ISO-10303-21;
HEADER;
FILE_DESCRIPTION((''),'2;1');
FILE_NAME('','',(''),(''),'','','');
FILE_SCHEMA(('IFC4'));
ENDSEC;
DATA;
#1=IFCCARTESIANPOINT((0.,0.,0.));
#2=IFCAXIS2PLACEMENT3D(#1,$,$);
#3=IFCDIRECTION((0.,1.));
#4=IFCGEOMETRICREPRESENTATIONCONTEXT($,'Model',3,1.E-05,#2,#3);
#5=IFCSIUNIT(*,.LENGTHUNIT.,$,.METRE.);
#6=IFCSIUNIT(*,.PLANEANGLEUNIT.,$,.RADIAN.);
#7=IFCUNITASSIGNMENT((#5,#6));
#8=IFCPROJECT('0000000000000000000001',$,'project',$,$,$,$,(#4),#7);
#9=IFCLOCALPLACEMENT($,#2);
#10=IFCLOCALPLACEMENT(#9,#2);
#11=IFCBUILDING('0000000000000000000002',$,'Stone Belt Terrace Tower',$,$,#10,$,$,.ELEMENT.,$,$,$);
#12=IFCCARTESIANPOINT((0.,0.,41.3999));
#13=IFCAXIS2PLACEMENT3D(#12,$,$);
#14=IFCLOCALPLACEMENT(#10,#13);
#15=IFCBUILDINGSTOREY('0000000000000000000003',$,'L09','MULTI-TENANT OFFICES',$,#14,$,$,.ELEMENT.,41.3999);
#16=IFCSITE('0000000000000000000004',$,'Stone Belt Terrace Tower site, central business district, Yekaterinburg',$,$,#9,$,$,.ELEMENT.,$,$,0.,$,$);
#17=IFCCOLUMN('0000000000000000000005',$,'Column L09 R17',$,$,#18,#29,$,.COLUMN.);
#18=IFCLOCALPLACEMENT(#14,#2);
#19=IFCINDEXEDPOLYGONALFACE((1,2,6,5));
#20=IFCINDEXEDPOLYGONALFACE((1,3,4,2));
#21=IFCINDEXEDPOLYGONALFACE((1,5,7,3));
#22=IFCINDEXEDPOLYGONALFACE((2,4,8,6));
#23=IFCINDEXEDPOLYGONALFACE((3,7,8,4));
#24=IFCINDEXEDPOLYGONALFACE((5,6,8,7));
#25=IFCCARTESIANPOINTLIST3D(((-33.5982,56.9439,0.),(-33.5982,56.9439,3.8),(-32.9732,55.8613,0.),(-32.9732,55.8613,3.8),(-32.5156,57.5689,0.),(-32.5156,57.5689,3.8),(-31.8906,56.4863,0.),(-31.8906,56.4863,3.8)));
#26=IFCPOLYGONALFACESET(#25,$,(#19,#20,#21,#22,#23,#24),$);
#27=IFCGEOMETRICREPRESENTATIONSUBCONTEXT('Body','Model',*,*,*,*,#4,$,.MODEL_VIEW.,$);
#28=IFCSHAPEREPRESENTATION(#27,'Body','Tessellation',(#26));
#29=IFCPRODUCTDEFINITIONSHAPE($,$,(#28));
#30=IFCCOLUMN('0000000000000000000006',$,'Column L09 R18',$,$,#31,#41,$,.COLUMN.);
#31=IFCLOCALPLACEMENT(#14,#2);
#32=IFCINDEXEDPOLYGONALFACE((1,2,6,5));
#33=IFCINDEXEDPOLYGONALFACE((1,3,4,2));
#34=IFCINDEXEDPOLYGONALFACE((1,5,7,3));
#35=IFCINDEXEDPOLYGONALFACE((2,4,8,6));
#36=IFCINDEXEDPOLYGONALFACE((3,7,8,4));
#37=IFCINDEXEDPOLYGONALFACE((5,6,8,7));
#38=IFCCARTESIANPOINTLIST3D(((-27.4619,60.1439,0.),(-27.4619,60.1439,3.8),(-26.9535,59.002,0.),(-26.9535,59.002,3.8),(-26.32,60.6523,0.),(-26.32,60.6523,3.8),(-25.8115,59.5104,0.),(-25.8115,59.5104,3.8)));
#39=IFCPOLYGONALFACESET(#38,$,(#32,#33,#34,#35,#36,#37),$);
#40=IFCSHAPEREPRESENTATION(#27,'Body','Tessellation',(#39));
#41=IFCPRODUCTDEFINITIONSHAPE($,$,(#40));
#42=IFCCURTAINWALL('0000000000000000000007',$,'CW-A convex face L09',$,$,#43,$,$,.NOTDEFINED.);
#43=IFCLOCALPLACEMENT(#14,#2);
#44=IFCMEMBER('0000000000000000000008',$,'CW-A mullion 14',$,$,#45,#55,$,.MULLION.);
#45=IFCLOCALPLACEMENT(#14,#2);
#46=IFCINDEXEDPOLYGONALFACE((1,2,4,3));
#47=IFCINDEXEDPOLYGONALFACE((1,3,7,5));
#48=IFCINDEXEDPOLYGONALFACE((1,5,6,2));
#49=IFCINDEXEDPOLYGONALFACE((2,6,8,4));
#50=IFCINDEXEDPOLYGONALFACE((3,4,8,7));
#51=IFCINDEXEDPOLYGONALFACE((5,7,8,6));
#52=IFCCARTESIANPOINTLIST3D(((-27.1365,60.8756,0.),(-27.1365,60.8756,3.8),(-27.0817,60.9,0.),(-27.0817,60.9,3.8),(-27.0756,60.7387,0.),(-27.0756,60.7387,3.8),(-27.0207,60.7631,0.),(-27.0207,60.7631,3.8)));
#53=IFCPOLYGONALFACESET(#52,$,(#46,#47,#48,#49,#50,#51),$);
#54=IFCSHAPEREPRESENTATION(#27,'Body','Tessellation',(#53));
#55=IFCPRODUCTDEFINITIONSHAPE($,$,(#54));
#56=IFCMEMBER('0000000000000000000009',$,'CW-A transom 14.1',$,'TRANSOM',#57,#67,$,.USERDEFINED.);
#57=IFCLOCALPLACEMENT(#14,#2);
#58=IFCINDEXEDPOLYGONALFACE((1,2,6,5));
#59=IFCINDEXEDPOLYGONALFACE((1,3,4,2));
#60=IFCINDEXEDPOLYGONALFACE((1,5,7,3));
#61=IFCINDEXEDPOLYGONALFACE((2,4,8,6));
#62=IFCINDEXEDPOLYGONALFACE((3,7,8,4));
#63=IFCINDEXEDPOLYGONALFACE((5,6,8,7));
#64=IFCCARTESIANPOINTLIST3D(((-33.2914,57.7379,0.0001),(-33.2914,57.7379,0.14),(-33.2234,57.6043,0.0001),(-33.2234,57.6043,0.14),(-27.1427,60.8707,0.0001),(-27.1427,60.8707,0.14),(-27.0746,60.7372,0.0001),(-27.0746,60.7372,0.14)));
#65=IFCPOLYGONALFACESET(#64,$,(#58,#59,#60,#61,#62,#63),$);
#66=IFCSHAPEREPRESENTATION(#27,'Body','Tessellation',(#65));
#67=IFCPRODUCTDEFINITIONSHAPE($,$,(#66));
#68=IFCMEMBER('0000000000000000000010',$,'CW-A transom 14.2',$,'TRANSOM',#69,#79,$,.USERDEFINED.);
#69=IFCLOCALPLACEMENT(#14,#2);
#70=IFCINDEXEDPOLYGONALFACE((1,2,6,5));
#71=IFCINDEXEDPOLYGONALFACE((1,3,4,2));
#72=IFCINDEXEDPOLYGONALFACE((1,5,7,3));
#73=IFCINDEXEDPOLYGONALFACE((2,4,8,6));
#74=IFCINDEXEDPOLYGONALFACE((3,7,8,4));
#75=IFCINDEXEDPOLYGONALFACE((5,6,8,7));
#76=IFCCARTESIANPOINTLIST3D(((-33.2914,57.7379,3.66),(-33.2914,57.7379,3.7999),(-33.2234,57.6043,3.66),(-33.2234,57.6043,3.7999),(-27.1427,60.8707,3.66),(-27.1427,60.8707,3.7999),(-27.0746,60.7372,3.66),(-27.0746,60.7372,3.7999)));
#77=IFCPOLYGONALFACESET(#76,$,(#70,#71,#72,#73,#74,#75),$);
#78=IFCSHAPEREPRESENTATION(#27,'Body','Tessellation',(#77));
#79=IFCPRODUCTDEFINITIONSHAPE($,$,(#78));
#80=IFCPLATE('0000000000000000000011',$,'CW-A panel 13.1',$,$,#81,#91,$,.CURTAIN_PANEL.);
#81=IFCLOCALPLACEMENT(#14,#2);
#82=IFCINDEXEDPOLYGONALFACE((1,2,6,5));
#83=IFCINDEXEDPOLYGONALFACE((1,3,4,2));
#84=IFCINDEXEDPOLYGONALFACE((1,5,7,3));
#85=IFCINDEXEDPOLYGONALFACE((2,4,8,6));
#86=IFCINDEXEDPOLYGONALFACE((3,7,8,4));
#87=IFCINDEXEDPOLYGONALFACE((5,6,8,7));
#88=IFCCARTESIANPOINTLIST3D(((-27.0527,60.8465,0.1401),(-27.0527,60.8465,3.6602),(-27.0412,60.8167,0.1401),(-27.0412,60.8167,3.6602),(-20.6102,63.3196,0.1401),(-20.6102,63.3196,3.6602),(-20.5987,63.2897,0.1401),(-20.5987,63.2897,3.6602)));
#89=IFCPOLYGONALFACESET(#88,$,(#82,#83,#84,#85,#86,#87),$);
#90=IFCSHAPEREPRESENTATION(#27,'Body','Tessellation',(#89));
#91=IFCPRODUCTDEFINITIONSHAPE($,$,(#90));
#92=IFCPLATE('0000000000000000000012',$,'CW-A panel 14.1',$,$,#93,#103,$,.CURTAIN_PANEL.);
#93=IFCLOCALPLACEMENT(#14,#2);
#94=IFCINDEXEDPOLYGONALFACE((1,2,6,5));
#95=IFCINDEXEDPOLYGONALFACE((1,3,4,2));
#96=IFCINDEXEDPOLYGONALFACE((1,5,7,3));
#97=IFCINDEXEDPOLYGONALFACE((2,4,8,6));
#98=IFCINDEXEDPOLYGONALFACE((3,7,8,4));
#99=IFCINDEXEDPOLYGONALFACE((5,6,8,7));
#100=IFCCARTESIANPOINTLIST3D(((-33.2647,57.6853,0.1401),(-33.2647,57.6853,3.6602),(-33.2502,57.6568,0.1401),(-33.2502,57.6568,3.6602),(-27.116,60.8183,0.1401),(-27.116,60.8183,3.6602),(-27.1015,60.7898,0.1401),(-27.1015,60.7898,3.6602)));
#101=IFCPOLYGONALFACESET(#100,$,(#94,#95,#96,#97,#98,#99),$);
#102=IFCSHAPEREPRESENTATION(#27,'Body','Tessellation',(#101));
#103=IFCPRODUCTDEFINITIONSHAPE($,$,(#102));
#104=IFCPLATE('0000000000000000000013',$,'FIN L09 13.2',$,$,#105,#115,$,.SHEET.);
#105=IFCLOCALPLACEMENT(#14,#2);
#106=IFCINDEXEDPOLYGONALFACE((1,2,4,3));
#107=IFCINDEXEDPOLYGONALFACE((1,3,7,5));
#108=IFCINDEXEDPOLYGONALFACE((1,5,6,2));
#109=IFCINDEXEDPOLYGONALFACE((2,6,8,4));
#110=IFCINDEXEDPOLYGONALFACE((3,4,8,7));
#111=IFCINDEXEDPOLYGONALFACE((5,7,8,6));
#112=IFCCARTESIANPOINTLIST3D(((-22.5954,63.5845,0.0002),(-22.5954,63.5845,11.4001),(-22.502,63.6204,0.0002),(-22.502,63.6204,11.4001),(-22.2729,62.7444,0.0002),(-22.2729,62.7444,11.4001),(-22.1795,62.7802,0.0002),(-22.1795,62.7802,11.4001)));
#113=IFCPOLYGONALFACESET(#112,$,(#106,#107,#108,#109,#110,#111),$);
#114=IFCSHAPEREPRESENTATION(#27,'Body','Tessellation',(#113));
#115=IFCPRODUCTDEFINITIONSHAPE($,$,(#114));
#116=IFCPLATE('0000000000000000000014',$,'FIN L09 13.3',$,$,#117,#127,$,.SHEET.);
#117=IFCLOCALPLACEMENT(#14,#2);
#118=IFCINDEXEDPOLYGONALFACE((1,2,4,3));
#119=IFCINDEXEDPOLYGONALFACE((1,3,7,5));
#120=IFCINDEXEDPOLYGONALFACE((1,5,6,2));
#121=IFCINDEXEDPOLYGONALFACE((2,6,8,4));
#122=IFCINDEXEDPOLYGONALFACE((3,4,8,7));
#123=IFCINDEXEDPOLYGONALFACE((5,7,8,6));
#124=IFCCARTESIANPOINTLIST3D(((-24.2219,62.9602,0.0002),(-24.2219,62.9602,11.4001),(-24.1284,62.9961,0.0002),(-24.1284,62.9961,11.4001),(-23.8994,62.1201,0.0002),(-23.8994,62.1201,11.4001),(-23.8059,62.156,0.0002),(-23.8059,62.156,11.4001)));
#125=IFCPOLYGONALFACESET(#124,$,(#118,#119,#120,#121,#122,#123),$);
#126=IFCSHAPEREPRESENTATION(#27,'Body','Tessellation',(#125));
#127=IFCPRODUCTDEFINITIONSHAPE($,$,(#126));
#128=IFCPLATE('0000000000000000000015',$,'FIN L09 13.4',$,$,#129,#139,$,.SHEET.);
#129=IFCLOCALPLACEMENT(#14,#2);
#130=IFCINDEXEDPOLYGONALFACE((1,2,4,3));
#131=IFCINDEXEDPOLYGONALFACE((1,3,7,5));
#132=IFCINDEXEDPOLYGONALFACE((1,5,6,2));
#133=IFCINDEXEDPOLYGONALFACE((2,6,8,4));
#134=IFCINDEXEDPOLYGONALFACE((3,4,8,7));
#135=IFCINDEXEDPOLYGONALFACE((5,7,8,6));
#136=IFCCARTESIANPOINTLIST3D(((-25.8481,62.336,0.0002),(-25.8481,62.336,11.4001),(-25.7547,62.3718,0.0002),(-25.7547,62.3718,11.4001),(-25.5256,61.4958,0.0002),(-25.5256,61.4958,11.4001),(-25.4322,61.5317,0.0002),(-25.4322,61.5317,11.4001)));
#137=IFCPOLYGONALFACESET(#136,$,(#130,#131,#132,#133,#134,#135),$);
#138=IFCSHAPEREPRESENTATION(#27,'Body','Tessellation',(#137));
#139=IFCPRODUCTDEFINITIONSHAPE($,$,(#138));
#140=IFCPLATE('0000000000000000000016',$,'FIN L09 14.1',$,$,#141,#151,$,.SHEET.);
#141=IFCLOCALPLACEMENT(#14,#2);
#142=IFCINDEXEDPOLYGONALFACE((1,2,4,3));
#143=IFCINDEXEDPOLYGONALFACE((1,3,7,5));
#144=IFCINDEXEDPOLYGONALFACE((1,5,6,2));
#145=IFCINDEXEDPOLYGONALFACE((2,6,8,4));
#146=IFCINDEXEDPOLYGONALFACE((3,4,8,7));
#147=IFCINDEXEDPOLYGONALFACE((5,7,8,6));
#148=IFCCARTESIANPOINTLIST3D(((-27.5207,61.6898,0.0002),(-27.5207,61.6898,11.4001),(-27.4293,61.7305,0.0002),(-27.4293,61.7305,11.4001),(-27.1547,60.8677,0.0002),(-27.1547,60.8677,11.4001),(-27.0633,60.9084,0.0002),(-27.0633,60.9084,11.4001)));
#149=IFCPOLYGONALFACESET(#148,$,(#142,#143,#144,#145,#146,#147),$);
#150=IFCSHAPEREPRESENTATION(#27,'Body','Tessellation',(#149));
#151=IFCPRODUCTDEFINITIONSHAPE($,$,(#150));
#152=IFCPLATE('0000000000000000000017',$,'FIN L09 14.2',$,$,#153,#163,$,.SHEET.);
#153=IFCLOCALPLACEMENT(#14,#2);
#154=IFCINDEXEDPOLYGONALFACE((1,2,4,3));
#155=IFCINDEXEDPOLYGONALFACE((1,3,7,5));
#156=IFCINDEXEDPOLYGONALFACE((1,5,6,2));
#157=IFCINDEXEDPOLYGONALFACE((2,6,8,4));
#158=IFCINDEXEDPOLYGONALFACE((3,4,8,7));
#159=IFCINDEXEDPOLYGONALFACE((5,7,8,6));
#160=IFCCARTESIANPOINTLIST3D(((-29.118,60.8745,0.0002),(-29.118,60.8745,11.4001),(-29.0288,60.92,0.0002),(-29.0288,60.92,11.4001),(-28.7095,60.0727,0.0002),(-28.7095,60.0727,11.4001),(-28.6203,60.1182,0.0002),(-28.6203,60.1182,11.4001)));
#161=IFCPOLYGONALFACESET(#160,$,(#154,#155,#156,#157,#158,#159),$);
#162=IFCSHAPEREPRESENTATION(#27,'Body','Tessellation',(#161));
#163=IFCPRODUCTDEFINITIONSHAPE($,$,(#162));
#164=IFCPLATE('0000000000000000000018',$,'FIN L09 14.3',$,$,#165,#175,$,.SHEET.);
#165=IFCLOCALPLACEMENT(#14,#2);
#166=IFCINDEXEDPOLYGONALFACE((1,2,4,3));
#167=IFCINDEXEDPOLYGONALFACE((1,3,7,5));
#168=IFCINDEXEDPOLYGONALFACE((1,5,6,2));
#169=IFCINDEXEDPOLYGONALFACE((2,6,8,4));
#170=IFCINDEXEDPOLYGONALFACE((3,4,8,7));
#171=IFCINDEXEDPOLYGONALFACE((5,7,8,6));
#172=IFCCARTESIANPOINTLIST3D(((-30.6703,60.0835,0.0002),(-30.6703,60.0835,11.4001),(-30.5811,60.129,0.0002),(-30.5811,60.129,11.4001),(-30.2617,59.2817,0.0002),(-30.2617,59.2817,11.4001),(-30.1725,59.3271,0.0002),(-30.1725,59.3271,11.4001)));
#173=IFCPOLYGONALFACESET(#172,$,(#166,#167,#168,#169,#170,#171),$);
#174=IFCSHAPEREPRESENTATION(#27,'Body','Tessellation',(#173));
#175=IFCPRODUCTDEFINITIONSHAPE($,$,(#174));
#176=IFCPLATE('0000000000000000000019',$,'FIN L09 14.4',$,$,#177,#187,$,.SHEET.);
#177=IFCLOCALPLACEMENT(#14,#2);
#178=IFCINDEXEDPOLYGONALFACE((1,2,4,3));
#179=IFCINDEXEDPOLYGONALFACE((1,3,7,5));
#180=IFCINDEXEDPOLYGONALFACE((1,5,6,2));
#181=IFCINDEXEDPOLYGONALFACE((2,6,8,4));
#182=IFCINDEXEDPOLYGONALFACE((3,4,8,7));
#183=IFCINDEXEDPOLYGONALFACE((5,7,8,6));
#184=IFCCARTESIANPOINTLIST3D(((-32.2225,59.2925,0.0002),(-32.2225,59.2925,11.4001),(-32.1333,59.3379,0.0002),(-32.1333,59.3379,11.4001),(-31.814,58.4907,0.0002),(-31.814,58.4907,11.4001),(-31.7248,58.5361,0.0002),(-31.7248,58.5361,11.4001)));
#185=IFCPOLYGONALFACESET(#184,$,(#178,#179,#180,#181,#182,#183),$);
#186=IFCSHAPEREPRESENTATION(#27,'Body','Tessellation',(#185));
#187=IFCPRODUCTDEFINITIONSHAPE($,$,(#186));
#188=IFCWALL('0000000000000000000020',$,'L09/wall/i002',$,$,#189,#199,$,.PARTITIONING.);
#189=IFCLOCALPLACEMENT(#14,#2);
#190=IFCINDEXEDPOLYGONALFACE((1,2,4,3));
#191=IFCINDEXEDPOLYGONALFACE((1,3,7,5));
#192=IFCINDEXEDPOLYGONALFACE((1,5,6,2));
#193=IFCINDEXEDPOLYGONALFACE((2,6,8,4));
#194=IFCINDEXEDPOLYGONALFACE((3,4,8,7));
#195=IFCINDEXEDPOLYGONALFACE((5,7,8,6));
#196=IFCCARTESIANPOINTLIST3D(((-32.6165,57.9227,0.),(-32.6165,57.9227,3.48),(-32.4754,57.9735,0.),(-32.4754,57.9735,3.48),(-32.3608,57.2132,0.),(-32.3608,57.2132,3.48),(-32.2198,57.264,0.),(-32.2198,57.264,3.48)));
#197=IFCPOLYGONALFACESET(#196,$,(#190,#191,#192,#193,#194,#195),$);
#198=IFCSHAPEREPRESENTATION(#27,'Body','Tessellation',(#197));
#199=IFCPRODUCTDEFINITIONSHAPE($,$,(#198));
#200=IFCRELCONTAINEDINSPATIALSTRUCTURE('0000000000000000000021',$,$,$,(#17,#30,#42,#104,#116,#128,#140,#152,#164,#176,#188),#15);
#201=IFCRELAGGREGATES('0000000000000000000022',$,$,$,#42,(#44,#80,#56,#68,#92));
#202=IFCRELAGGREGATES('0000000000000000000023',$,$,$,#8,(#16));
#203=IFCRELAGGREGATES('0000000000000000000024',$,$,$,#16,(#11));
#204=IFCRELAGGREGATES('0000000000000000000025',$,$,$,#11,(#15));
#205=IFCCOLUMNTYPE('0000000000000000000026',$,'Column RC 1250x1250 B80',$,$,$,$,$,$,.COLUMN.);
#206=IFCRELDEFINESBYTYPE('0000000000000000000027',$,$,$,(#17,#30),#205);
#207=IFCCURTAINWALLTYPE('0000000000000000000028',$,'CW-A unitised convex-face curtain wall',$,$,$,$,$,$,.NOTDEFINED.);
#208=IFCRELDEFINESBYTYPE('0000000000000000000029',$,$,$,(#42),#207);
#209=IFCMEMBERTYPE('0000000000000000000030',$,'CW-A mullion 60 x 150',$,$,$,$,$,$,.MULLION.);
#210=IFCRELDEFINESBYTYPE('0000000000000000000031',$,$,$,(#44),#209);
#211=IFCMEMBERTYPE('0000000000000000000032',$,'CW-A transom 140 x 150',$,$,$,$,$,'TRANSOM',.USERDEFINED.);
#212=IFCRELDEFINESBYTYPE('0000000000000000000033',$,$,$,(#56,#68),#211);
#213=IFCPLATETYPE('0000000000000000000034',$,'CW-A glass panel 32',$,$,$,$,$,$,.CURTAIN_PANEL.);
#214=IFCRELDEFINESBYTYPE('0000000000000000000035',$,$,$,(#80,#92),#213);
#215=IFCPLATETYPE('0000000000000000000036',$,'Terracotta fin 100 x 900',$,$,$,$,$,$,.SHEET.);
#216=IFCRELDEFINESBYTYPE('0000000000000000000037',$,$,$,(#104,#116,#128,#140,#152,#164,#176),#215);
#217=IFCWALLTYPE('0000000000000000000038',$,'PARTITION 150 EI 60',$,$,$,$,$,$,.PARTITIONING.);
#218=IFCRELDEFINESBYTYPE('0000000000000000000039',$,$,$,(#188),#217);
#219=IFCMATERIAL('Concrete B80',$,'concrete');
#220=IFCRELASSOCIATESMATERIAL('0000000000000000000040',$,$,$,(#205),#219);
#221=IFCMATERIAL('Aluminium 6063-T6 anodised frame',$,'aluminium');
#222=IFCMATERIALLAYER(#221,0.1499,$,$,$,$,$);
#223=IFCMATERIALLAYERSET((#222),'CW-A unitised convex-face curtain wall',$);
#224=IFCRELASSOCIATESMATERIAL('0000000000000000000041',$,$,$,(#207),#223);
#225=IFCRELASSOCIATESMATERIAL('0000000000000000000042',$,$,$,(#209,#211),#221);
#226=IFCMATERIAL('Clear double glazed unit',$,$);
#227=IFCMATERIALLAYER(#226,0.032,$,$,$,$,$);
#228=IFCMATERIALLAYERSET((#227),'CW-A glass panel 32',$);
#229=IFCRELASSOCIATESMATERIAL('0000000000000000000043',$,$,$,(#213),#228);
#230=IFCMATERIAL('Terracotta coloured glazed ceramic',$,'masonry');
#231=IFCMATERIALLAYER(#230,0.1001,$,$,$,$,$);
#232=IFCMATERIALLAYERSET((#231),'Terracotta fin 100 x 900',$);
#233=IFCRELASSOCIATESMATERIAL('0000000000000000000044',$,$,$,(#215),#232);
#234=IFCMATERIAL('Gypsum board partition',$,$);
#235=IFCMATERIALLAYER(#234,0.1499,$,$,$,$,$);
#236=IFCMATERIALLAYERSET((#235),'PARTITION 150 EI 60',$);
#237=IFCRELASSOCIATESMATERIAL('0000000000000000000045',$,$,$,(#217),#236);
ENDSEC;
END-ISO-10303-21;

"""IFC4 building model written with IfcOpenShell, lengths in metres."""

from ifc_helpers import new_model, si_unit, direction, frame, frame_2d, origin, origin_2d, place, context, subcontext, project, spatial, rectangle, extrude, material, layer, layer_set, material_profile, profile_set, type_object, element, aggregate, save


model = new_model("IFC4")

# Units and contexts
model_context = context("Model", 3, precision=1e-05, world=origin(), true_north=direction((0.0, 1.0)))
body_context = subcontext(model_context, "Body", "Model", "MODEL_VIEW")
ifc_project = project(units=[si_unit("LENGTHUNIT", "METRE"), si_unit("PLANEANGLEUNIT", "RADIAN")], contexts=[model_context])

# Site, building, storey
site_placement = place(None, origin())
site = spatial("IfcSite", under=ifc_project, at=site_placement, Name="Stone Belt Terrace Tower site, central business district, Yekaterinburg", CompositionType="ELEMENT", RefElevation=0.0)
building_placement = place(site_placement, origin())
building = spatial("IfcBuilding", under=site, at=building_placement, Name="Stone Belt Terrace Tower", CompositionType="ELEMENT")
storey_placement = place(building_placement, frame((0.0, 0.0, 41.3999)))
storey = spatial("IfcBuildingStorey", under=building, at=storey_placement, Name="L09", Description="MULTI-TENANT OFFICES", CompositionType="ELEMENT", Elevation=41.3999)

# Columns
ifc_material_1 = material(Name="Concrete B80", Category="concrete")
ifc_material_profile_1 = material_profile(ifc_material_1, rectangle(XDim=1.25, YDim=1.25, at=origin_2d()), Name="RC 1250x1250")
ifc_profile_set_1 = profile_set([ifc_material_profile_1], Name="Concrete B80")
column_type = type_object("IfcColumnType", Name="Column RC 1250x1250 B80", PredefinedType="COLUMN", material=ifc_profile_set_1)
for number, where, z_axis, x_axis, name in (
    (1, (-32.7444, 56.7151, 0.0), (0.0, 0.0, 1.0), (0.866025, 0.5, 0.0), "Column L09 R17"),
    (2, (-26.6367, 59.8271, 0.0), (0.0, 0.0, 1.0), (0.913545, 0.406737, 0.0), "Column L09 R18"),
):
    element("IfcColumn", number, at=place(storey_placement, frame(where, z_axis=z_axis, x_axis=x_axis)), inside=storey, type_object=column_type, Name=name, PredefinedType="COLUMN", context=body_context, shape_type="SweptSolid", body=[
        extrude(rectangle(XDim=1.25, YDim=1.25, at=origin_2d()), origin(), (0.0, 0.0, 1.0), 3.8),
    ])

# Curtain wall, members, plates
ifc_material_2 = material(Name="Aluminium 6063-T6 anodised frame", Category="aluminium")
ifc_layer_1 = layer(ifc_material_2, 0.1499)
ifc_layer_set_1 = layer_set([ifc_layer_1], Name="CW-A unitised convex-face curtain wall")
curtain_wall_type = type_object("IfcCurtainWallType", Name="CW-A unitised convex-face curtain wall", PredefinedType="NOTDEFINED", material=ifc_layer_set_1)
curtain_wall_placement = place(storey_placement, origin())
curtain_wall = element("IfcCurtainWall", 3, at=curtain_wall_placement, inside=storey, type_object=curtain_wall_type, Name="CW-A convex face L09", PredefinedType="NOTDEFINED")
ifc_material_profile_2 = material_profile(ifc_material_2, rectangle(XDim=0.1499, YDim=0.0601, at=origin_2d()), Name="Aluminium 6063-T6 60x150")
ifc_profile_set_2 = profile_set([ifc_material_profile_2], Name="Aluminium 6063-T6 anodised frame")
member_type_1 = type_object("IfcMemberType", Name="CW-A mullion 60 x 150", PredefinedType="MULLION", material=ifc_profile_set_2)
member_1_placement = place(storey_placement, frame((-27.0786, 60.8193, 0.0), z_axis=(0.0, 0.0, 1.0), x_axis=(0.406737, -0.913545, 0.0)))
member_1 = element("IfcMember", 4, at=member_1_placement, type_object=member_type_1, Name="CW-A mullion 14", PredefinedType="MULLION", context=body_context, shape_type="SweptSolid", body=[
    extrude(rectangle(XDim=0.1499, YDim=0.0601, at=origin_2d()), origin(), (0.0, 0.0, 1.0), 3.8),
])
ifc_material_profile_3 = material_profile(ifc_material_2, rectangle(XDim=0.1499, YDim=0.1399, at=origin_2d()), Name="Aluminium 6063-T6 150x140")
ifc_profile_set_3 = profile_set([ifc_material_profile_3], Name="Aluminium 6063-T6 anodised frame")
member_type_2 = type_object("IfcMemberType", Name="CW-A transom 140 x 150", ElementType="TRANSOM", PredefinedType="USERDEFINED", material=ifc_profile_set_3)
member_2_placement = place(storey_placement, frame((-27.1086, 60.804, 0.0701), z_axis=(-0.891012, -0.453979, 0.0), x_axis=(0.453979, -0.891012, 0.0)))
member_2 = element("IfcMember", 5, at=member_2_placement, type_object=member_type_2, Name="CW-A transom 14.1", ObjectType="TRANSOM", PredefinedType="USERDEFINED", context=body_context, shape_type="SweptSolid", body=[
    extrude(rectangle(XDim=0.1499, YDim=0.1399, at=origin_2d()), origin(), (0.0, 0.0, 1.0), 6.9009),
])
member_3_placement = place(storey_placement, frame((-27.1086, 60.804, 3.73), z_axis=(-0.891012, -0.453979, 0.0), x_axis=(0.453979, -0.891012, 0.0)))
member_3 = element("IfcMember", 6, at=member_3_placement, type_object=member_type_2, Name="CW-A transom 14.2", ObjectType="TRANSOM", PredefinedType="USERDEFINED", context=body_context, shape_type="SweptSolid", body=[
    extrude(rectangle(XDim=0.1499, YDim=0.1399, at=origin_2d()), origin(), (0.0, 0.0, 1.0), 6.9009),
])
ifc_material_3 = material(Name="Clear double glazed unit")
ifc_layer_2 = layer(ifc_material_3, 0.032)
ifc_layer_set_2 = layer_set([ifc_layer_2], Name="CW-A glass panel 32")
plate_type_1 = type_object("IfcPlateType", Name="CW-A glass panel 32", PredefinedType="CURTAIN_PANEL", material=ifc_layer_set_2)
plate_1_placement = place(storey_placement, frame((-23.8257, 62.0681, 0.1401), z_axis=(0.0, 0.0, 1.0), x_axis=(-0.93358, -0.358368, 0.0)))
plate_1 = element("IfcPlate", 7, at=plate_1_placement, type_object=plate_type_1, Name="CW-A panel 13.1", PredefinedType="CURTAIN_PANEL", context=body_context, shape_type="SweptSolid", body=[
    extrude(rectangle(XDim=6.9009, YDim=0.032, at=origin_2d()), origin(), (0.0, 0.0, 1.0), 3.52),
])
plate_2_placement = place(storey_placement, frame((-30.1831, 59.2375, 0.1401), z_axis=(0.0, 0.0, 1.0), x_axis=(-0.891007, -0.45399, 0.0)))
plate_2 = element("IfcPlate", 8, at=plate_2_placement, type_object=plate_type_1, Name="CW-A panel 14.1", PredefinedType="CURTAIN_PANEL", context=body_context, shape_type="SweptSolid", body=[
    extrude(rectangle(XDim=6.9009, YDim=0.032, at=origin_2d()), origin(), (0.0, 0.0, 1.0), 3.52),
])
aggregate(curtain_wall, [member_1, plate_1, member_2, member_3, plate_2])

# Plates
ifc_material_4 = material(Name="Terracotta coloured glazed ceramic", Category="masonry")
ifc_layer_3 = layer(ifc_material_4, 0.1001)
ifc_layer_set_3 = layer_set([ifc_layer_3], Name="Terracotta fin 100 x 900")
plate_type_2 = type_object("IfcPlateType", Name="Terracotta fin 100 x 900", PredefinedType="SHEET", material=ifc_layer_set_3)
for number, where, z_axis, x_axis, name in (
    (9, (-22.3875, 63.1824, 0.0002), (0.0, 0.0, 1.0), (-0.358368, 0.93358, 0.0), "FIN L09 13.2"),
    (10, (-24.0139, 62.5581, 0.0002), (0.0, 0.0, 1.0), (-0.358368, 0.93358, 0.0), "FIN L09 13.3"),
    (11, (-25.6401, 61.9338, 0.0002), (0.0, 0.0, 1.0), (-0.358368, 0.93358, 0.0), "FIN L09 13.4"),
    (12, (-27.292, 61.2991, 0.0002), (0.0, 0.0, 1.0), (-0.406737, 0.913545, 0.0), "FIN L09 14.1"),
    (13, (-28.8691, 60.4963, 0.0002), (0.0, 0.0, 1.0), (-0.45399, 0.891007, 0.0), "FIN L09 14.2"),
    (14, (-30.4214, 59.7053, 0.0002), (0.0, 0.0, 1.0), (-0.45399, 0.891007, 0.0), "FIN L09 14.3"),
    (15, (-31.9736, 58.9143, 0.0002), (0.0, 0.0, 1.0), (-0.45399, 0.891007, 0.0), "FIN L09 14.4"),
):
    element("IfcPlate", number, at=place(storey_placement, frame(where, z_axis=z_axis, x_axis=x_axis)), inside=storey, type_object=plate_type_2, Name=name, PredefinedType="SHEET", context=body_context, shape_type="SweptSolid", body=[
        extrude(rectangle(XDim=0.8999, YDim=0.1001, at=origin_2d()), origin(), (0.0, 0.0, 1.0), 11.3999),
    ])

# Wall
ifc_material_5 = material(Name="Gypsum board partition")
ifc_layer_4 = layer(ifc_material_5, 0.1499)
ifc_layer_set_4 = layer_set([ifc_layer_4], Name="PARTITION 150 EI 60")
wall_type = type_object("IfcWallType", Name="PARTITION 150 EI 60", PredefinedType="PARTITIONING", material=ifc_layer_set_4)
wall_placement = place(storey_placement, frame((-32.5459, 57.948, 0.0), z_axis=(0.0, 0.0, 1.0), x_axis=(0.33896, -0.940801, 0.0)))
element("IfcWall", 16, at=wall_placement, inside=storey, type_object=wall_type, Name="L09/wall/i002", PredefinedType="PARTITIONING", context=body_context, shape_type="SweptSolid", body=[
    extrude(rectangle(XDim=0.7542, YDim=0.1499, at=frame_2d((0.377, 0.0))), origin(), (0.0, 0.0, 1.0), 3.48),
])

save(model, "model.ifc")
